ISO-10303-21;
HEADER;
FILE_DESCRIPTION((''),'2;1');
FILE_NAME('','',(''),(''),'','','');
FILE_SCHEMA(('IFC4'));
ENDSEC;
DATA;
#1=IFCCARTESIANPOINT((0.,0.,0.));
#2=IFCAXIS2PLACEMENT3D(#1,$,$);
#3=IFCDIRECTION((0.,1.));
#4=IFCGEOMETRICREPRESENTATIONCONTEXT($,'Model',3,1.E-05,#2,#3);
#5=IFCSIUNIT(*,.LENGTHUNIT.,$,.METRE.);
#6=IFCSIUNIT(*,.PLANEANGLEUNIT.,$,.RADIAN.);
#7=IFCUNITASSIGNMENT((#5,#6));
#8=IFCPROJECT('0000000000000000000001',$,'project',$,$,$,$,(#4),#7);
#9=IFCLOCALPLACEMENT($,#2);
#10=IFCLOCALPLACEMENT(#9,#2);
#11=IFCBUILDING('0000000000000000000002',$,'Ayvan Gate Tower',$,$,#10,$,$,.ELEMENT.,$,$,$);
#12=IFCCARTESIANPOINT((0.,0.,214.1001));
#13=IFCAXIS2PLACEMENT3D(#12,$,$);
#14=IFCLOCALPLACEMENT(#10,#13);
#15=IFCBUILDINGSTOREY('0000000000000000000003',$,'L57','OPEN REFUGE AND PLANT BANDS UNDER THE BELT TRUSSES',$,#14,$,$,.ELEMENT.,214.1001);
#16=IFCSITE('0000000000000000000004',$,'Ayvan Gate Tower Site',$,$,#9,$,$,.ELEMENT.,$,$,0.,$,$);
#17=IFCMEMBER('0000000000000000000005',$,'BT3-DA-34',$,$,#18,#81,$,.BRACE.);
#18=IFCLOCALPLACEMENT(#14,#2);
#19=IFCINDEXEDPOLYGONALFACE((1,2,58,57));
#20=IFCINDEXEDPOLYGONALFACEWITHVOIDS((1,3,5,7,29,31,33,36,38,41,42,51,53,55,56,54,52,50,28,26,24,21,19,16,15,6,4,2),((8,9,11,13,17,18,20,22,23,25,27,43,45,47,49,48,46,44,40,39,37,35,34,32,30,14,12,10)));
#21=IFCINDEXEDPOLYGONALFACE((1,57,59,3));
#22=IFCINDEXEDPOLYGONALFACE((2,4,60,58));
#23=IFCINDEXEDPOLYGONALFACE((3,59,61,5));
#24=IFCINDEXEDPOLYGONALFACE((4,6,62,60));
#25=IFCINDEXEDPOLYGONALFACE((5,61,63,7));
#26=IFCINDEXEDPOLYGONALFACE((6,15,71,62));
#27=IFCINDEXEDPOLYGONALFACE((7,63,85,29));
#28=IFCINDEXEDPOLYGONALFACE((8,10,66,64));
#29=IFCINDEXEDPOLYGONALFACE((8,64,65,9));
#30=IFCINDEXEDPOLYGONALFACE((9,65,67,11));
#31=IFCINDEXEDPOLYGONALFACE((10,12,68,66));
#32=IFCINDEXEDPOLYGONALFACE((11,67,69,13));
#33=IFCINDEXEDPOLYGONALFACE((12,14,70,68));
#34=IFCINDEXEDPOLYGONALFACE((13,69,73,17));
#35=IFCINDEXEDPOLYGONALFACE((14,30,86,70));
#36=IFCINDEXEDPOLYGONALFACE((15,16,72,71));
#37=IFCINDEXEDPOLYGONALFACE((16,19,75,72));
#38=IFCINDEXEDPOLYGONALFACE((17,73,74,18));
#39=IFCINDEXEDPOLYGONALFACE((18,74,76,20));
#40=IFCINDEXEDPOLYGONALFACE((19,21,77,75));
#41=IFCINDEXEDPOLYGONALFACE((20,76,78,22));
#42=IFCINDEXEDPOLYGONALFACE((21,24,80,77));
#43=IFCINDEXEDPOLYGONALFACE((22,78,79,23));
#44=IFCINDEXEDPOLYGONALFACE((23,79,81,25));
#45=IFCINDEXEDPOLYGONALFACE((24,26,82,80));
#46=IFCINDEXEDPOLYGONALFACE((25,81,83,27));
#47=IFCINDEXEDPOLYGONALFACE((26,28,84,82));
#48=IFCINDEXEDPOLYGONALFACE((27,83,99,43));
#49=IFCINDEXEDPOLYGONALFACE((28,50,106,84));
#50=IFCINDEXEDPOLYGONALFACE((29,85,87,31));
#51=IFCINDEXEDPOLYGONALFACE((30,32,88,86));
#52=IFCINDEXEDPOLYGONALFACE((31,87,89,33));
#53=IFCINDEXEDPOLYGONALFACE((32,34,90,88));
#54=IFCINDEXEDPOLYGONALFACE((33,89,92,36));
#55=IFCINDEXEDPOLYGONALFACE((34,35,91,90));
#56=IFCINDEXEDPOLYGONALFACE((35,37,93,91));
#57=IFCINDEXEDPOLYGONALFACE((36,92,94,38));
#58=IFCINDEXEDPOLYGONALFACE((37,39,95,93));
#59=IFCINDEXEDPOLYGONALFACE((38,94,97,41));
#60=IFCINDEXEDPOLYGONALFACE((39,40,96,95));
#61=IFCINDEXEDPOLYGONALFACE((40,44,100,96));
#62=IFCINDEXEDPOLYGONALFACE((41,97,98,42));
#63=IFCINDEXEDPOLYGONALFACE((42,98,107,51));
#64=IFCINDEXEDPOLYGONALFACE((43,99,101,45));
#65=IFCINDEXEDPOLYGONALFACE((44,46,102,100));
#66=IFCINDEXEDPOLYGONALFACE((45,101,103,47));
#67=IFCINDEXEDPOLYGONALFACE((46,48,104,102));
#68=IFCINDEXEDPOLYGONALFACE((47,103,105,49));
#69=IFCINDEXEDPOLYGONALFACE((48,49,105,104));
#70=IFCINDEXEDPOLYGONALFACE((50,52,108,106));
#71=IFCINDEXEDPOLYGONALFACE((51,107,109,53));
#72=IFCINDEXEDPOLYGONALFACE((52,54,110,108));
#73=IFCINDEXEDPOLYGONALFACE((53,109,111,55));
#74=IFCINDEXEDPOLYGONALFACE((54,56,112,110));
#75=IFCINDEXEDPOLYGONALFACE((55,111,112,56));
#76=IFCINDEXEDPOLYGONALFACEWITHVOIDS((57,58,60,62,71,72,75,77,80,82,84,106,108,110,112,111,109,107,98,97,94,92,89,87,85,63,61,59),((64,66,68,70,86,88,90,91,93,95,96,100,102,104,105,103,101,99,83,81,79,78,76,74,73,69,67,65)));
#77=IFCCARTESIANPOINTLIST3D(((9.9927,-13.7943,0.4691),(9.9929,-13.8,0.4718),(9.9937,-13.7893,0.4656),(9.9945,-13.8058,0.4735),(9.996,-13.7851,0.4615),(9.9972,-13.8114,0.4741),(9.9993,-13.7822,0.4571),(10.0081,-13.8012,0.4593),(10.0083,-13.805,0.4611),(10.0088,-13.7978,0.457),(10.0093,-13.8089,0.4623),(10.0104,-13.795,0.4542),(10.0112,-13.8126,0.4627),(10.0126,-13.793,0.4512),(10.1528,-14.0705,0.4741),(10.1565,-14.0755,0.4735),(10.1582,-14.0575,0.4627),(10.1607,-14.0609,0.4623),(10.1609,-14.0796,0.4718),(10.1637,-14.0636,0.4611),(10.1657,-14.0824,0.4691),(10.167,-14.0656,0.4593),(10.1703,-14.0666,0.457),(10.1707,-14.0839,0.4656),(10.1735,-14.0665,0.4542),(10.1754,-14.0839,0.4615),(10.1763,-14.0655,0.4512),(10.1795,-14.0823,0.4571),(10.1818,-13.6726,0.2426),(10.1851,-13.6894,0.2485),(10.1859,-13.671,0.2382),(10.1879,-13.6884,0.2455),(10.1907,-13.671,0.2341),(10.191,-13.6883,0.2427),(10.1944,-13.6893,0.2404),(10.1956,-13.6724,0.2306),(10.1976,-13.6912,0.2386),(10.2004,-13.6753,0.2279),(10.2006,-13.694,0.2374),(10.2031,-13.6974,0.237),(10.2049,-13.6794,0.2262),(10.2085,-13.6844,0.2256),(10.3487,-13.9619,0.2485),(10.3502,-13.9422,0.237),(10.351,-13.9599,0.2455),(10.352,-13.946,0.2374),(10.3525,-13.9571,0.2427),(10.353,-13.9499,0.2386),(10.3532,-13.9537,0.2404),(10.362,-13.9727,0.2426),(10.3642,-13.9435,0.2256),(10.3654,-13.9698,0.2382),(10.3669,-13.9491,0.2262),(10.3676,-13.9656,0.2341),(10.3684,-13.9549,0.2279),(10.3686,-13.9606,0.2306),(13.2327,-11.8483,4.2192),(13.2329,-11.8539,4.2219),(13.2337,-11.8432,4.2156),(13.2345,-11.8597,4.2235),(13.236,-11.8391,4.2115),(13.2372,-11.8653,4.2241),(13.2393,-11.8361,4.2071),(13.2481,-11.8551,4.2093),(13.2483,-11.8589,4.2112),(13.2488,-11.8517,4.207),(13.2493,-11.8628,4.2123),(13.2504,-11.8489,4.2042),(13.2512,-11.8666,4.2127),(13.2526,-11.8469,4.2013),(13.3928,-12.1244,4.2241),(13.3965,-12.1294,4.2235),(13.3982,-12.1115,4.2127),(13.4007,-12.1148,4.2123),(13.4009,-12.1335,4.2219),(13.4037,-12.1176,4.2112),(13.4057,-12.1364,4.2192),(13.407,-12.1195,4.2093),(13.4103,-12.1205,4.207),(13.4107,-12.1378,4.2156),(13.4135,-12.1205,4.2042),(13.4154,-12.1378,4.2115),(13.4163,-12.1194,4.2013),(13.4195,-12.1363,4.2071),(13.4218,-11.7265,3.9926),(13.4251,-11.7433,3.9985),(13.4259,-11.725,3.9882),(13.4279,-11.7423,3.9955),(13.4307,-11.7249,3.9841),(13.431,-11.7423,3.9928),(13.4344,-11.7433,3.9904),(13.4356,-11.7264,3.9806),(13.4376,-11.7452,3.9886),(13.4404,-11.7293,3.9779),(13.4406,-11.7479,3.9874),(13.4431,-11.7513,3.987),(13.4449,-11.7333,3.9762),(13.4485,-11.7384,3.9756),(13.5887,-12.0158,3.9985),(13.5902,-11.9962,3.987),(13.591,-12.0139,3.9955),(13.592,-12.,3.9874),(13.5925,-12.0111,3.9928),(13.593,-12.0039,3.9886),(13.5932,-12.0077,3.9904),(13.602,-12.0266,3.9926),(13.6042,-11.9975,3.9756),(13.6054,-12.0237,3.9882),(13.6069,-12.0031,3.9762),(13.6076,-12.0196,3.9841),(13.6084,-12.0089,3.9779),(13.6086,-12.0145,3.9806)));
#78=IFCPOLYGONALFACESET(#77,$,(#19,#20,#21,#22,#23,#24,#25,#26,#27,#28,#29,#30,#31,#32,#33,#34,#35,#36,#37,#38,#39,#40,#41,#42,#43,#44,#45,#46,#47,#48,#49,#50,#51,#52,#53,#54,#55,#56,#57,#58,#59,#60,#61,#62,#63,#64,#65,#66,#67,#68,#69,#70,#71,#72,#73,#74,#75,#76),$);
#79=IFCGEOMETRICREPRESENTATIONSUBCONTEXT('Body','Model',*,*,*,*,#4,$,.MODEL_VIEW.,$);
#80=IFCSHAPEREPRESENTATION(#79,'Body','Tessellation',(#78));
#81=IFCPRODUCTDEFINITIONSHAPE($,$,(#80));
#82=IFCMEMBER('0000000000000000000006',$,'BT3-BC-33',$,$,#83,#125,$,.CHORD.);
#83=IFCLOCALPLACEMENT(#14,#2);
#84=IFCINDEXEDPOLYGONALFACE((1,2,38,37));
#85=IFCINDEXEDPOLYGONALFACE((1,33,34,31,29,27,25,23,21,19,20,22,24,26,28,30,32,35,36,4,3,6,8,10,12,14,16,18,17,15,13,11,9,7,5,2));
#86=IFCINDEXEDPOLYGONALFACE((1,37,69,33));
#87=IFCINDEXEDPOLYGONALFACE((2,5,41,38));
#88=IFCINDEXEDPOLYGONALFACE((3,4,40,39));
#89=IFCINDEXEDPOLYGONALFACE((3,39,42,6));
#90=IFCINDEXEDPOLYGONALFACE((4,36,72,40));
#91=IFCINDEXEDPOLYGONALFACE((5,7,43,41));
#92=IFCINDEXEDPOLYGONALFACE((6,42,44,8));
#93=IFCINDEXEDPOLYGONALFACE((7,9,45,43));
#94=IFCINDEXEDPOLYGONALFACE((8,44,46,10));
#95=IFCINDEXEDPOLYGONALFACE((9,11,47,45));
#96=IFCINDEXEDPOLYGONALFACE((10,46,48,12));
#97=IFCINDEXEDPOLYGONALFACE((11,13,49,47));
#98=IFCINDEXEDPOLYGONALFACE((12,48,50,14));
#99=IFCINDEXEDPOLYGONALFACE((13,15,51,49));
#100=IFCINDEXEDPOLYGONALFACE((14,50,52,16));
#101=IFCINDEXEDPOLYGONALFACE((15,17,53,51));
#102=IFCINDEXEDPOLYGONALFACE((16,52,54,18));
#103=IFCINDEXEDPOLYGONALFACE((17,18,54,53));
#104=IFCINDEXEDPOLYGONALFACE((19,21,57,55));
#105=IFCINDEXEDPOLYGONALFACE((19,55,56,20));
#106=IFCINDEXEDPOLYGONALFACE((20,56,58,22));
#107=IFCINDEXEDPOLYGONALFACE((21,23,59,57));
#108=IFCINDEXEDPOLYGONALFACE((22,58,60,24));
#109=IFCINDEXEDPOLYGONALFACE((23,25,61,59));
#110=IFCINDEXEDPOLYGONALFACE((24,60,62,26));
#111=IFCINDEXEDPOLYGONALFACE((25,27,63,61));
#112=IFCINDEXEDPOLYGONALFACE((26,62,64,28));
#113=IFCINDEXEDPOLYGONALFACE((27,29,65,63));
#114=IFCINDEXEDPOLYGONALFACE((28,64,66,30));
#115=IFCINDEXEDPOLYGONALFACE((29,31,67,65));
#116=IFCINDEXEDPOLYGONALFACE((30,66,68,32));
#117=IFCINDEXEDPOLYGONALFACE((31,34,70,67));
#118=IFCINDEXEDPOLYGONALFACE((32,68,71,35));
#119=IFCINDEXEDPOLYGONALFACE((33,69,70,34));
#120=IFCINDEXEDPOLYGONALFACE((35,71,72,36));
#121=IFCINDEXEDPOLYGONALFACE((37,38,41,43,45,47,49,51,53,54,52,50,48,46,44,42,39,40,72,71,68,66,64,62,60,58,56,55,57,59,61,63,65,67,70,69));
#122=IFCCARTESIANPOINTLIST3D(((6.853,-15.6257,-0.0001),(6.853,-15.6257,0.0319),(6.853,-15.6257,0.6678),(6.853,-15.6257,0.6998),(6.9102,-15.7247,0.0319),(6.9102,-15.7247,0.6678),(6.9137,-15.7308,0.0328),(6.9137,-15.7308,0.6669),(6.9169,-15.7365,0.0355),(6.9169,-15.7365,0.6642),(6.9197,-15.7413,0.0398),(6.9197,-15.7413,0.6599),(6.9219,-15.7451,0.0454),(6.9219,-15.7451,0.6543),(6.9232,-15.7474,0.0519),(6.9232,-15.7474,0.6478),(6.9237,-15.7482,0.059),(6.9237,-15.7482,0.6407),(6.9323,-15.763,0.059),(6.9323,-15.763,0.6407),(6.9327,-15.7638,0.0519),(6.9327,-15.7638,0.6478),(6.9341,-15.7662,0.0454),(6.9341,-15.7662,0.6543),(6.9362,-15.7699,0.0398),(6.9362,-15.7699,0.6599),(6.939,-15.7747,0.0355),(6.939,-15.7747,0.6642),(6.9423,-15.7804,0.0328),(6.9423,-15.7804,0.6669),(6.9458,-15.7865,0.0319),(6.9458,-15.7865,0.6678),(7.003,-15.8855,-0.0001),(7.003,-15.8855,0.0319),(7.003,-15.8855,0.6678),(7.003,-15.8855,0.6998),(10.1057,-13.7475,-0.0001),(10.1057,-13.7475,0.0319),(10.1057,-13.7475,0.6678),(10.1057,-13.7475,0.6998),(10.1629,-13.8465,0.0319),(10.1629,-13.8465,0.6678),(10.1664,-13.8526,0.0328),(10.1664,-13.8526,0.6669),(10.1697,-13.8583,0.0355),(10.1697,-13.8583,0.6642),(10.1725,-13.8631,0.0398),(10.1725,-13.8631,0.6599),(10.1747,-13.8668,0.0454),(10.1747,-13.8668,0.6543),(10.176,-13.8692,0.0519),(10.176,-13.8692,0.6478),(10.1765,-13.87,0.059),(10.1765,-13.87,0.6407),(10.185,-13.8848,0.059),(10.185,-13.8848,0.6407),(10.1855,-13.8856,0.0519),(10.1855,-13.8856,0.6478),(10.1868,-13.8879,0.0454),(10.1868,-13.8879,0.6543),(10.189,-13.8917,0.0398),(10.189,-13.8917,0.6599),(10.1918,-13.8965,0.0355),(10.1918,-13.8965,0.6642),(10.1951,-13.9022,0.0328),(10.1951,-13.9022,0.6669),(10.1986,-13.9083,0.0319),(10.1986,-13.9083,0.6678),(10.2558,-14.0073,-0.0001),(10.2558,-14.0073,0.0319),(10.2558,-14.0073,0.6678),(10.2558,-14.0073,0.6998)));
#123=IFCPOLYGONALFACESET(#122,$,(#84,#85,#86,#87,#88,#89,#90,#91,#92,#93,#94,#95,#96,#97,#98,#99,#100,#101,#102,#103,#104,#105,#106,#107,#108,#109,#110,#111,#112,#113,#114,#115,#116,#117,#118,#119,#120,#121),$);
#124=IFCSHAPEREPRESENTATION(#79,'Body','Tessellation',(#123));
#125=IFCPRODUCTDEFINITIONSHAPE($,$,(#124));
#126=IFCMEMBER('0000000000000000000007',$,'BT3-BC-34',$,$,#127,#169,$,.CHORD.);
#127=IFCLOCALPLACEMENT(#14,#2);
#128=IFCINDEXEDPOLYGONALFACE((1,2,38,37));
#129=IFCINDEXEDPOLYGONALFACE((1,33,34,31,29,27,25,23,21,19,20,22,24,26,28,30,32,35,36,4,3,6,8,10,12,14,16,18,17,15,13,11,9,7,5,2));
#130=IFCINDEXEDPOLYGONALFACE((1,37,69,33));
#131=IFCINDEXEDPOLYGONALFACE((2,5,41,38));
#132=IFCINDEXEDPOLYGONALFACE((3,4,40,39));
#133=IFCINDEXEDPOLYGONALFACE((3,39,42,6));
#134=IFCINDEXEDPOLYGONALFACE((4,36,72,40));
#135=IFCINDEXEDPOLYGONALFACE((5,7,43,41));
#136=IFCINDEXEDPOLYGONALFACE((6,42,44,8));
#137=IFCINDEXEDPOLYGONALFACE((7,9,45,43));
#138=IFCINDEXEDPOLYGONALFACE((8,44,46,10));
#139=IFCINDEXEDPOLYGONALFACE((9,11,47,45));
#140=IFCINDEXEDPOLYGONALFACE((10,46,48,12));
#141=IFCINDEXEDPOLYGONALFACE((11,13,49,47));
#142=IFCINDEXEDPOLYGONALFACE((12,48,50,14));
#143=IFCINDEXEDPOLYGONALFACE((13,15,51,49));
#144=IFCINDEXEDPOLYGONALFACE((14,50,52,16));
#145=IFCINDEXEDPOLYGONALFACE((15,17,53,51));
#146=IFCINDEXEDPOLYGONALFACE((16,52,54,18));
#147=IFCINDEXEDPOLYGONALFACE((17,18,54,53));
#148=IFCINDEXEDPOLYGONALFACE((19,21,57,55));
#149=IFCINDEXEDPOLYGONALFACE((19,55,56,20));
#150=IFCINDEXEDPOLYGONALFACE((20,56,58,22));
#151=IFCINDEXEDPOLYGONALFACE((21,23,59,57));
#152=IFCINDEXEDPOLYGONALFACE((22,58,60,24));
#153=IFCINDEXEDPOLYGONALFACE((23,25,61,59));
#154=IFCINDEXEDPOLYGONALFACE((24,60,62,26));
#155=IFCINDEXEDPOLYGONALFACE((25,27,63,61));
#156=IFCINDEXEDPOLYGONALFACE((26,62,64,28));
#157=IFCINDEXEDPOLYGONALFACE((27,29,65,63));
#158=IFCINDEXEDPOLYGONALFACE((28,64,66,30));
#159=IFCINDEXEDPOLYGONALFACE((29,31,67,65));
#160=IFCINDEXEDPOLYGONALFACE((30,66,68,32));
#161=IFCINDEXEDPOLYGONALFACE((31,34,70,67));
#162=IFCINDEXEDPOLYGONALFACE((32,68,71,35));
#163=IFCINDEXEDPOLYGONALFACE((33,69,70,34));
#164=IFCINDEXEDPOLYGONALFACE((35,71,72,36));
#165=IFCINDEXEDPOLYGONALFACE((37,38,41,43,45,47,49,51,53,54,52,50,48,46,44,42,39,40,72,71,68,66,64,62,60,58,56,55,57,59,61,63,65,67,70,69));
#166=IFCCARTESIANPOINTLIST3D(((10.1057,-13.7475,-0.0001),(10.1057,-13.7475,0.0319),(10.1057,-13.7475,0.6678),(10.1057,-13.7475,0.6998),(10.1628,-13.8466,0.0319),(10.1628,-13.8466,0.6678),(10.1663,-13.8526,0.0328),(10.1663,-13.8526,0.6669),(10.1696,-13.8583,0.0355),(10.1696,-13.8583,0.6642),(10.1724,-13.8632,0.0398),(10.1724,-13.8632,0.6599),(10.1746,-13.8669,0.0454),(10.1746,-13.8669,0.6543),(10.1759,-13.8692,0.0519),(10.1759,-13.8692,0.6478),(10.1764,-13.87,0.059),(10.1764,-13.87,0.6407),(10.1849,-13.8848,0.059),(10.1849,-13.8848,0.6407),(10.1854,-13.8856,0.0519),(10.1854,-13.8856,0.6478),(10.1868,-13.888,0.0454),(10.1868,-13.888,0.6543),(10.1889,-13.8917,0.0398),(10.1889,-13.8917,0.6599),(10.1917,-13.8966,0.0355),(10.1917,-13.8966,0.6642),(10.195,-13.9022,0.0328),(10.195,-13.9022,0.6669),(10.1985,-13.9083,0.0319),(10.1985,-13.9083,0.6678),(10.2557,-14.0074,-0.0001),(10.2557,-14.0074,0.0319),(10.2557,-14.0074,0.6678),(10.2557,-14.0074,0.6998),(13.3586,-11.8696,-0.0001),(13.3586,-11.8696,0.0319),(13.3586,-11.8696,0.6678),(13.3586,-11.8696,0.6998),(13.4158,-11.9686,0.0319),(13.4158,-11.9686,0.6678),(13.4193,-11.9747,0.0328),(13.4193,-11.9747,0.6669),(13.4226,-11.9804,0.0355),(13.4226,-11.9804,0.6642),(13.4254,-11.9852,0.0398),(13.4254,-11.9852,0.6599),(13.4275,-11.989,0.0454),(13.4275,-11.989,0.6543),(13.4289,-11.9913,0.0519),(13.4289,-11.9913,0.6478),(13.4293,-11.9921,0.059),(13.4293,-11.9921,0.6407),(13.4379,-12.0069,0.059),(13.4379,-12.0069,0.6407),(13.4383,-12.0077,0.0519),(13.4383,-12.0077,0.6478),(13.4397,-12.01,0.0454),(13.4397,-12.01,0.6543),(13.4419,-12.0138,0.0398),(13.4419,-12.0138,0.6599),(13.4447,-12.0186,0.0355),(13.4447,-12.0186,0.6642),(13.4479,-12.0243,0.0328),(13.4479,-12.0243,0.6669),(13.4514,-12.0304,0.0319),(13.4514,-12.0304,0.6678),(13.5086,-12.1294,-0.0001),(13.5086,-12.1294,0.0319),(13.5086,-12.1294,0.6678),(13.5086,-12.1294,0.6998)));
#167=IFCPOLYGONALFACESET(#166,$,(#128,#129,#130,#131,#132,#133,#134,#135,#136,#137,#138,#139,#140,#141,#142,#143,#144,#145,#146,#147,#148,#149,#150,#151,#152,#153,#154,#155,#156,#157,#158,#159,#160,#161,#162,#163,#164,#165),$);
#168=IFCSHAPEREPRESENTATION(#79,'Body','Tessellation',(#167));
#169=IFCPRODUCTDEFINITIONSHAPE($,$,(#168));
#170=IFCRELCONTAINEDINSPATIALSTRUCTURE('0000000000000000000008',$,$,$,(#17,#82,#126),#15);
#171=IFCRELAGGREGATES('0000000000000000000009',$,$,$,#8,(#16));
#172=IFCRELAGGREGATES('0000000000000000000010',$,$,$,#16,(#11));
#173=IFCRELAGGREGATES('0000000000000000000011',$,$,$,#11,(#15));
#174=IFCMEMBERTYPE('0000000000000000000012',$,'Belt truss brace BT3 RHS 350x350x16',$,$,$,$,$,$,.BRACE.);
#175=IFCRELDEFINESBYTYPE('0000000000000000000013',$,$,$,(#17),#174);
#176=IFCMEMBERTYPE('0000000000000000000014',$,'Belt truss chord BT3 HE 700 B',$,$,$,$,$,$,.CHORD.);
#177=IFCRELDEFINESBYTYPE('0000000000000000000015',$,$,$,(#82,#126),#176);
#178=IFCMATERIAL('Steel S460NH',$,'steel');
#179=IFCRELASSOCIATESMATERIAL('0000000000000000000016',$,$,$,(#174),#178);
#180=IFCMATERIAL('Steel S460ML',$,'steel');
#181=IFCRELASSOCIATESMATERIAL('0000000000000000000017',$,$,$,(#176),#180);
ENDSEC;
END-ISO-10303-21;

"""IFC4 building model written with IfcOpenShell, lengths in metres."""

from ifc_helpers import new_model, si_unit, direction, frame, origin, origin_2d, place, context, subcontext, project, spatial, hollow_rectangle, i_section, extrude, material, material_profile, profile_set, type_object, element, save


model = new_model("IFC4")

# Units and contexts
model_context = context("Model", 3, precision=1e-05, world=origin(), true_north=direction((0.0, 1.0)))
body_context = subcontext(model_context, "Body", "Model", "MODEL_VIEW")
ifc_project = project(units=[si_unit("LENGTHUNIT", "METRE"), si_unit("PLANEANGLEUNIT", "RADIAN")], contexts=[model_context])

# Site, building, storey
site_placement = place(None, origin())
site = spatial("IfcSite", under=ifc_project, at=site_placement, Name="Ayvan Gate Tower Site", CompositionType="ELEMENT", RefElevation=0.0)
building_placement = place(site_placement, origin())
building = spatial("IfcBuilding", under=site, at=building_placement, Name="Ayvan Gate Tower", CompositionType="ELEMENT")
storey_placement = place(building_placement, frame((0.0, 0.0, 214.1001)))
storey = spatial("IfcBuildingStorey", under=building, at=storey_placement, Name="L57", Description="OPEN REFUGE AND PLANT BANDS UNDER THE BELT TRUSSES", CompositionType="ELEMENT", Elevation=214.1001)

# Members
ifc_material_1 = material(Name="Steel S460NH", Category="steel")
ifc_material_profile_1 = material_profile(ifc_material_1, hollow_rectangle(XDim=0.3501, YDim=0.3501, WallThickness=0.0161, InnerFilletRadius=0.0161, OuterFilletRadius=0.0239, at=origin_2d()), Name="RHS 350x350x16")
ifc_profile_set_1 = profile_set([ifc_material_profile_1], Name="Steel S460NH")
member_type_1 = type_object("IfcMemberType", Name="Belt truss brace BT3 RHS 350x350x16", PredefinedType="BRACE", material=ifc_profile_set_1)
member_1_placement = place(storey_placement, frame((10.1807, -13.8774, 0.3499), z_axis=(0.60854, 0.365509, 0.704331), x_axis=(-0.514895, 0.857253, 0.0)))
element("IfcMember", 1, at=member_1_placement, inside=storey, type_object=member_type_1, Name="BT3-DA-34", PredefinedType="BRACE", context=body_context, shape_type="SweptSolid", body=[
    extrude(hollow_rectangle(XDim=0.3501, YDim=0.3501, WallThickness=0.0161, InnerFilletRadius=0.0161, OuterFilletRadius=0.0239, at=origin_2d()), origin(), (0.0, 0.0, 1.0), 5.3242),
])
ifc_material_2 = material(Name="Steel S460ML", Category="steel")
ifc_material_profile_2 = material_profile(ifc_material_2, i_section(OverallWidth=0.3, OverallDepth=0.7, WebThickness=0.0171, FlangeThickness=0.032, FilletRadius=0.0271, at=origin_2d()), Name="HE 700 B")
ifc_profile_set_2 = profile_set([ifc_material_profile_2], Name="Steel S460ML")
member_type_2 = type_object("IfcMemberType", Name="Belt truss chord BT3 HE 700 B", PredefinedType="CHORD", material=ifc_profile_set_2)
for number, where, z_axis, x_axis, name in (
    (2, (6.928, -15.7556, 0.3499), (0.865998, 0.500047, 0.0), (-0.500047, 0.865998, 0.0), "BT3-BC-33"),
    (3, (10.1807, -13.8774, 0.3499), (0.866043, 0.49997, 0.0), (-0.49997, 0.866043, 0.0), "BT3-BC-34"),
):
    element("IfcMember", number, at=place(storey_placement, frame(where, z_axis=z_axis, x_axis=x_axis)), inside=storey, type_object=member_type_2, Name=name, PredefinedType="CHORD", context=body_context, shape_type="SweptSolid", body=[
        extrude(i_section(OverallWidth=0.3, OverallDepth=0.7, WebThickness=0.0171, FlangeThickness=0.032, FilletRadius=0.0271, at=origin_2d()), origin(), (0.0, 0.0, 1.0), 3.7561),
    ])

save(model, "model.ifc")
